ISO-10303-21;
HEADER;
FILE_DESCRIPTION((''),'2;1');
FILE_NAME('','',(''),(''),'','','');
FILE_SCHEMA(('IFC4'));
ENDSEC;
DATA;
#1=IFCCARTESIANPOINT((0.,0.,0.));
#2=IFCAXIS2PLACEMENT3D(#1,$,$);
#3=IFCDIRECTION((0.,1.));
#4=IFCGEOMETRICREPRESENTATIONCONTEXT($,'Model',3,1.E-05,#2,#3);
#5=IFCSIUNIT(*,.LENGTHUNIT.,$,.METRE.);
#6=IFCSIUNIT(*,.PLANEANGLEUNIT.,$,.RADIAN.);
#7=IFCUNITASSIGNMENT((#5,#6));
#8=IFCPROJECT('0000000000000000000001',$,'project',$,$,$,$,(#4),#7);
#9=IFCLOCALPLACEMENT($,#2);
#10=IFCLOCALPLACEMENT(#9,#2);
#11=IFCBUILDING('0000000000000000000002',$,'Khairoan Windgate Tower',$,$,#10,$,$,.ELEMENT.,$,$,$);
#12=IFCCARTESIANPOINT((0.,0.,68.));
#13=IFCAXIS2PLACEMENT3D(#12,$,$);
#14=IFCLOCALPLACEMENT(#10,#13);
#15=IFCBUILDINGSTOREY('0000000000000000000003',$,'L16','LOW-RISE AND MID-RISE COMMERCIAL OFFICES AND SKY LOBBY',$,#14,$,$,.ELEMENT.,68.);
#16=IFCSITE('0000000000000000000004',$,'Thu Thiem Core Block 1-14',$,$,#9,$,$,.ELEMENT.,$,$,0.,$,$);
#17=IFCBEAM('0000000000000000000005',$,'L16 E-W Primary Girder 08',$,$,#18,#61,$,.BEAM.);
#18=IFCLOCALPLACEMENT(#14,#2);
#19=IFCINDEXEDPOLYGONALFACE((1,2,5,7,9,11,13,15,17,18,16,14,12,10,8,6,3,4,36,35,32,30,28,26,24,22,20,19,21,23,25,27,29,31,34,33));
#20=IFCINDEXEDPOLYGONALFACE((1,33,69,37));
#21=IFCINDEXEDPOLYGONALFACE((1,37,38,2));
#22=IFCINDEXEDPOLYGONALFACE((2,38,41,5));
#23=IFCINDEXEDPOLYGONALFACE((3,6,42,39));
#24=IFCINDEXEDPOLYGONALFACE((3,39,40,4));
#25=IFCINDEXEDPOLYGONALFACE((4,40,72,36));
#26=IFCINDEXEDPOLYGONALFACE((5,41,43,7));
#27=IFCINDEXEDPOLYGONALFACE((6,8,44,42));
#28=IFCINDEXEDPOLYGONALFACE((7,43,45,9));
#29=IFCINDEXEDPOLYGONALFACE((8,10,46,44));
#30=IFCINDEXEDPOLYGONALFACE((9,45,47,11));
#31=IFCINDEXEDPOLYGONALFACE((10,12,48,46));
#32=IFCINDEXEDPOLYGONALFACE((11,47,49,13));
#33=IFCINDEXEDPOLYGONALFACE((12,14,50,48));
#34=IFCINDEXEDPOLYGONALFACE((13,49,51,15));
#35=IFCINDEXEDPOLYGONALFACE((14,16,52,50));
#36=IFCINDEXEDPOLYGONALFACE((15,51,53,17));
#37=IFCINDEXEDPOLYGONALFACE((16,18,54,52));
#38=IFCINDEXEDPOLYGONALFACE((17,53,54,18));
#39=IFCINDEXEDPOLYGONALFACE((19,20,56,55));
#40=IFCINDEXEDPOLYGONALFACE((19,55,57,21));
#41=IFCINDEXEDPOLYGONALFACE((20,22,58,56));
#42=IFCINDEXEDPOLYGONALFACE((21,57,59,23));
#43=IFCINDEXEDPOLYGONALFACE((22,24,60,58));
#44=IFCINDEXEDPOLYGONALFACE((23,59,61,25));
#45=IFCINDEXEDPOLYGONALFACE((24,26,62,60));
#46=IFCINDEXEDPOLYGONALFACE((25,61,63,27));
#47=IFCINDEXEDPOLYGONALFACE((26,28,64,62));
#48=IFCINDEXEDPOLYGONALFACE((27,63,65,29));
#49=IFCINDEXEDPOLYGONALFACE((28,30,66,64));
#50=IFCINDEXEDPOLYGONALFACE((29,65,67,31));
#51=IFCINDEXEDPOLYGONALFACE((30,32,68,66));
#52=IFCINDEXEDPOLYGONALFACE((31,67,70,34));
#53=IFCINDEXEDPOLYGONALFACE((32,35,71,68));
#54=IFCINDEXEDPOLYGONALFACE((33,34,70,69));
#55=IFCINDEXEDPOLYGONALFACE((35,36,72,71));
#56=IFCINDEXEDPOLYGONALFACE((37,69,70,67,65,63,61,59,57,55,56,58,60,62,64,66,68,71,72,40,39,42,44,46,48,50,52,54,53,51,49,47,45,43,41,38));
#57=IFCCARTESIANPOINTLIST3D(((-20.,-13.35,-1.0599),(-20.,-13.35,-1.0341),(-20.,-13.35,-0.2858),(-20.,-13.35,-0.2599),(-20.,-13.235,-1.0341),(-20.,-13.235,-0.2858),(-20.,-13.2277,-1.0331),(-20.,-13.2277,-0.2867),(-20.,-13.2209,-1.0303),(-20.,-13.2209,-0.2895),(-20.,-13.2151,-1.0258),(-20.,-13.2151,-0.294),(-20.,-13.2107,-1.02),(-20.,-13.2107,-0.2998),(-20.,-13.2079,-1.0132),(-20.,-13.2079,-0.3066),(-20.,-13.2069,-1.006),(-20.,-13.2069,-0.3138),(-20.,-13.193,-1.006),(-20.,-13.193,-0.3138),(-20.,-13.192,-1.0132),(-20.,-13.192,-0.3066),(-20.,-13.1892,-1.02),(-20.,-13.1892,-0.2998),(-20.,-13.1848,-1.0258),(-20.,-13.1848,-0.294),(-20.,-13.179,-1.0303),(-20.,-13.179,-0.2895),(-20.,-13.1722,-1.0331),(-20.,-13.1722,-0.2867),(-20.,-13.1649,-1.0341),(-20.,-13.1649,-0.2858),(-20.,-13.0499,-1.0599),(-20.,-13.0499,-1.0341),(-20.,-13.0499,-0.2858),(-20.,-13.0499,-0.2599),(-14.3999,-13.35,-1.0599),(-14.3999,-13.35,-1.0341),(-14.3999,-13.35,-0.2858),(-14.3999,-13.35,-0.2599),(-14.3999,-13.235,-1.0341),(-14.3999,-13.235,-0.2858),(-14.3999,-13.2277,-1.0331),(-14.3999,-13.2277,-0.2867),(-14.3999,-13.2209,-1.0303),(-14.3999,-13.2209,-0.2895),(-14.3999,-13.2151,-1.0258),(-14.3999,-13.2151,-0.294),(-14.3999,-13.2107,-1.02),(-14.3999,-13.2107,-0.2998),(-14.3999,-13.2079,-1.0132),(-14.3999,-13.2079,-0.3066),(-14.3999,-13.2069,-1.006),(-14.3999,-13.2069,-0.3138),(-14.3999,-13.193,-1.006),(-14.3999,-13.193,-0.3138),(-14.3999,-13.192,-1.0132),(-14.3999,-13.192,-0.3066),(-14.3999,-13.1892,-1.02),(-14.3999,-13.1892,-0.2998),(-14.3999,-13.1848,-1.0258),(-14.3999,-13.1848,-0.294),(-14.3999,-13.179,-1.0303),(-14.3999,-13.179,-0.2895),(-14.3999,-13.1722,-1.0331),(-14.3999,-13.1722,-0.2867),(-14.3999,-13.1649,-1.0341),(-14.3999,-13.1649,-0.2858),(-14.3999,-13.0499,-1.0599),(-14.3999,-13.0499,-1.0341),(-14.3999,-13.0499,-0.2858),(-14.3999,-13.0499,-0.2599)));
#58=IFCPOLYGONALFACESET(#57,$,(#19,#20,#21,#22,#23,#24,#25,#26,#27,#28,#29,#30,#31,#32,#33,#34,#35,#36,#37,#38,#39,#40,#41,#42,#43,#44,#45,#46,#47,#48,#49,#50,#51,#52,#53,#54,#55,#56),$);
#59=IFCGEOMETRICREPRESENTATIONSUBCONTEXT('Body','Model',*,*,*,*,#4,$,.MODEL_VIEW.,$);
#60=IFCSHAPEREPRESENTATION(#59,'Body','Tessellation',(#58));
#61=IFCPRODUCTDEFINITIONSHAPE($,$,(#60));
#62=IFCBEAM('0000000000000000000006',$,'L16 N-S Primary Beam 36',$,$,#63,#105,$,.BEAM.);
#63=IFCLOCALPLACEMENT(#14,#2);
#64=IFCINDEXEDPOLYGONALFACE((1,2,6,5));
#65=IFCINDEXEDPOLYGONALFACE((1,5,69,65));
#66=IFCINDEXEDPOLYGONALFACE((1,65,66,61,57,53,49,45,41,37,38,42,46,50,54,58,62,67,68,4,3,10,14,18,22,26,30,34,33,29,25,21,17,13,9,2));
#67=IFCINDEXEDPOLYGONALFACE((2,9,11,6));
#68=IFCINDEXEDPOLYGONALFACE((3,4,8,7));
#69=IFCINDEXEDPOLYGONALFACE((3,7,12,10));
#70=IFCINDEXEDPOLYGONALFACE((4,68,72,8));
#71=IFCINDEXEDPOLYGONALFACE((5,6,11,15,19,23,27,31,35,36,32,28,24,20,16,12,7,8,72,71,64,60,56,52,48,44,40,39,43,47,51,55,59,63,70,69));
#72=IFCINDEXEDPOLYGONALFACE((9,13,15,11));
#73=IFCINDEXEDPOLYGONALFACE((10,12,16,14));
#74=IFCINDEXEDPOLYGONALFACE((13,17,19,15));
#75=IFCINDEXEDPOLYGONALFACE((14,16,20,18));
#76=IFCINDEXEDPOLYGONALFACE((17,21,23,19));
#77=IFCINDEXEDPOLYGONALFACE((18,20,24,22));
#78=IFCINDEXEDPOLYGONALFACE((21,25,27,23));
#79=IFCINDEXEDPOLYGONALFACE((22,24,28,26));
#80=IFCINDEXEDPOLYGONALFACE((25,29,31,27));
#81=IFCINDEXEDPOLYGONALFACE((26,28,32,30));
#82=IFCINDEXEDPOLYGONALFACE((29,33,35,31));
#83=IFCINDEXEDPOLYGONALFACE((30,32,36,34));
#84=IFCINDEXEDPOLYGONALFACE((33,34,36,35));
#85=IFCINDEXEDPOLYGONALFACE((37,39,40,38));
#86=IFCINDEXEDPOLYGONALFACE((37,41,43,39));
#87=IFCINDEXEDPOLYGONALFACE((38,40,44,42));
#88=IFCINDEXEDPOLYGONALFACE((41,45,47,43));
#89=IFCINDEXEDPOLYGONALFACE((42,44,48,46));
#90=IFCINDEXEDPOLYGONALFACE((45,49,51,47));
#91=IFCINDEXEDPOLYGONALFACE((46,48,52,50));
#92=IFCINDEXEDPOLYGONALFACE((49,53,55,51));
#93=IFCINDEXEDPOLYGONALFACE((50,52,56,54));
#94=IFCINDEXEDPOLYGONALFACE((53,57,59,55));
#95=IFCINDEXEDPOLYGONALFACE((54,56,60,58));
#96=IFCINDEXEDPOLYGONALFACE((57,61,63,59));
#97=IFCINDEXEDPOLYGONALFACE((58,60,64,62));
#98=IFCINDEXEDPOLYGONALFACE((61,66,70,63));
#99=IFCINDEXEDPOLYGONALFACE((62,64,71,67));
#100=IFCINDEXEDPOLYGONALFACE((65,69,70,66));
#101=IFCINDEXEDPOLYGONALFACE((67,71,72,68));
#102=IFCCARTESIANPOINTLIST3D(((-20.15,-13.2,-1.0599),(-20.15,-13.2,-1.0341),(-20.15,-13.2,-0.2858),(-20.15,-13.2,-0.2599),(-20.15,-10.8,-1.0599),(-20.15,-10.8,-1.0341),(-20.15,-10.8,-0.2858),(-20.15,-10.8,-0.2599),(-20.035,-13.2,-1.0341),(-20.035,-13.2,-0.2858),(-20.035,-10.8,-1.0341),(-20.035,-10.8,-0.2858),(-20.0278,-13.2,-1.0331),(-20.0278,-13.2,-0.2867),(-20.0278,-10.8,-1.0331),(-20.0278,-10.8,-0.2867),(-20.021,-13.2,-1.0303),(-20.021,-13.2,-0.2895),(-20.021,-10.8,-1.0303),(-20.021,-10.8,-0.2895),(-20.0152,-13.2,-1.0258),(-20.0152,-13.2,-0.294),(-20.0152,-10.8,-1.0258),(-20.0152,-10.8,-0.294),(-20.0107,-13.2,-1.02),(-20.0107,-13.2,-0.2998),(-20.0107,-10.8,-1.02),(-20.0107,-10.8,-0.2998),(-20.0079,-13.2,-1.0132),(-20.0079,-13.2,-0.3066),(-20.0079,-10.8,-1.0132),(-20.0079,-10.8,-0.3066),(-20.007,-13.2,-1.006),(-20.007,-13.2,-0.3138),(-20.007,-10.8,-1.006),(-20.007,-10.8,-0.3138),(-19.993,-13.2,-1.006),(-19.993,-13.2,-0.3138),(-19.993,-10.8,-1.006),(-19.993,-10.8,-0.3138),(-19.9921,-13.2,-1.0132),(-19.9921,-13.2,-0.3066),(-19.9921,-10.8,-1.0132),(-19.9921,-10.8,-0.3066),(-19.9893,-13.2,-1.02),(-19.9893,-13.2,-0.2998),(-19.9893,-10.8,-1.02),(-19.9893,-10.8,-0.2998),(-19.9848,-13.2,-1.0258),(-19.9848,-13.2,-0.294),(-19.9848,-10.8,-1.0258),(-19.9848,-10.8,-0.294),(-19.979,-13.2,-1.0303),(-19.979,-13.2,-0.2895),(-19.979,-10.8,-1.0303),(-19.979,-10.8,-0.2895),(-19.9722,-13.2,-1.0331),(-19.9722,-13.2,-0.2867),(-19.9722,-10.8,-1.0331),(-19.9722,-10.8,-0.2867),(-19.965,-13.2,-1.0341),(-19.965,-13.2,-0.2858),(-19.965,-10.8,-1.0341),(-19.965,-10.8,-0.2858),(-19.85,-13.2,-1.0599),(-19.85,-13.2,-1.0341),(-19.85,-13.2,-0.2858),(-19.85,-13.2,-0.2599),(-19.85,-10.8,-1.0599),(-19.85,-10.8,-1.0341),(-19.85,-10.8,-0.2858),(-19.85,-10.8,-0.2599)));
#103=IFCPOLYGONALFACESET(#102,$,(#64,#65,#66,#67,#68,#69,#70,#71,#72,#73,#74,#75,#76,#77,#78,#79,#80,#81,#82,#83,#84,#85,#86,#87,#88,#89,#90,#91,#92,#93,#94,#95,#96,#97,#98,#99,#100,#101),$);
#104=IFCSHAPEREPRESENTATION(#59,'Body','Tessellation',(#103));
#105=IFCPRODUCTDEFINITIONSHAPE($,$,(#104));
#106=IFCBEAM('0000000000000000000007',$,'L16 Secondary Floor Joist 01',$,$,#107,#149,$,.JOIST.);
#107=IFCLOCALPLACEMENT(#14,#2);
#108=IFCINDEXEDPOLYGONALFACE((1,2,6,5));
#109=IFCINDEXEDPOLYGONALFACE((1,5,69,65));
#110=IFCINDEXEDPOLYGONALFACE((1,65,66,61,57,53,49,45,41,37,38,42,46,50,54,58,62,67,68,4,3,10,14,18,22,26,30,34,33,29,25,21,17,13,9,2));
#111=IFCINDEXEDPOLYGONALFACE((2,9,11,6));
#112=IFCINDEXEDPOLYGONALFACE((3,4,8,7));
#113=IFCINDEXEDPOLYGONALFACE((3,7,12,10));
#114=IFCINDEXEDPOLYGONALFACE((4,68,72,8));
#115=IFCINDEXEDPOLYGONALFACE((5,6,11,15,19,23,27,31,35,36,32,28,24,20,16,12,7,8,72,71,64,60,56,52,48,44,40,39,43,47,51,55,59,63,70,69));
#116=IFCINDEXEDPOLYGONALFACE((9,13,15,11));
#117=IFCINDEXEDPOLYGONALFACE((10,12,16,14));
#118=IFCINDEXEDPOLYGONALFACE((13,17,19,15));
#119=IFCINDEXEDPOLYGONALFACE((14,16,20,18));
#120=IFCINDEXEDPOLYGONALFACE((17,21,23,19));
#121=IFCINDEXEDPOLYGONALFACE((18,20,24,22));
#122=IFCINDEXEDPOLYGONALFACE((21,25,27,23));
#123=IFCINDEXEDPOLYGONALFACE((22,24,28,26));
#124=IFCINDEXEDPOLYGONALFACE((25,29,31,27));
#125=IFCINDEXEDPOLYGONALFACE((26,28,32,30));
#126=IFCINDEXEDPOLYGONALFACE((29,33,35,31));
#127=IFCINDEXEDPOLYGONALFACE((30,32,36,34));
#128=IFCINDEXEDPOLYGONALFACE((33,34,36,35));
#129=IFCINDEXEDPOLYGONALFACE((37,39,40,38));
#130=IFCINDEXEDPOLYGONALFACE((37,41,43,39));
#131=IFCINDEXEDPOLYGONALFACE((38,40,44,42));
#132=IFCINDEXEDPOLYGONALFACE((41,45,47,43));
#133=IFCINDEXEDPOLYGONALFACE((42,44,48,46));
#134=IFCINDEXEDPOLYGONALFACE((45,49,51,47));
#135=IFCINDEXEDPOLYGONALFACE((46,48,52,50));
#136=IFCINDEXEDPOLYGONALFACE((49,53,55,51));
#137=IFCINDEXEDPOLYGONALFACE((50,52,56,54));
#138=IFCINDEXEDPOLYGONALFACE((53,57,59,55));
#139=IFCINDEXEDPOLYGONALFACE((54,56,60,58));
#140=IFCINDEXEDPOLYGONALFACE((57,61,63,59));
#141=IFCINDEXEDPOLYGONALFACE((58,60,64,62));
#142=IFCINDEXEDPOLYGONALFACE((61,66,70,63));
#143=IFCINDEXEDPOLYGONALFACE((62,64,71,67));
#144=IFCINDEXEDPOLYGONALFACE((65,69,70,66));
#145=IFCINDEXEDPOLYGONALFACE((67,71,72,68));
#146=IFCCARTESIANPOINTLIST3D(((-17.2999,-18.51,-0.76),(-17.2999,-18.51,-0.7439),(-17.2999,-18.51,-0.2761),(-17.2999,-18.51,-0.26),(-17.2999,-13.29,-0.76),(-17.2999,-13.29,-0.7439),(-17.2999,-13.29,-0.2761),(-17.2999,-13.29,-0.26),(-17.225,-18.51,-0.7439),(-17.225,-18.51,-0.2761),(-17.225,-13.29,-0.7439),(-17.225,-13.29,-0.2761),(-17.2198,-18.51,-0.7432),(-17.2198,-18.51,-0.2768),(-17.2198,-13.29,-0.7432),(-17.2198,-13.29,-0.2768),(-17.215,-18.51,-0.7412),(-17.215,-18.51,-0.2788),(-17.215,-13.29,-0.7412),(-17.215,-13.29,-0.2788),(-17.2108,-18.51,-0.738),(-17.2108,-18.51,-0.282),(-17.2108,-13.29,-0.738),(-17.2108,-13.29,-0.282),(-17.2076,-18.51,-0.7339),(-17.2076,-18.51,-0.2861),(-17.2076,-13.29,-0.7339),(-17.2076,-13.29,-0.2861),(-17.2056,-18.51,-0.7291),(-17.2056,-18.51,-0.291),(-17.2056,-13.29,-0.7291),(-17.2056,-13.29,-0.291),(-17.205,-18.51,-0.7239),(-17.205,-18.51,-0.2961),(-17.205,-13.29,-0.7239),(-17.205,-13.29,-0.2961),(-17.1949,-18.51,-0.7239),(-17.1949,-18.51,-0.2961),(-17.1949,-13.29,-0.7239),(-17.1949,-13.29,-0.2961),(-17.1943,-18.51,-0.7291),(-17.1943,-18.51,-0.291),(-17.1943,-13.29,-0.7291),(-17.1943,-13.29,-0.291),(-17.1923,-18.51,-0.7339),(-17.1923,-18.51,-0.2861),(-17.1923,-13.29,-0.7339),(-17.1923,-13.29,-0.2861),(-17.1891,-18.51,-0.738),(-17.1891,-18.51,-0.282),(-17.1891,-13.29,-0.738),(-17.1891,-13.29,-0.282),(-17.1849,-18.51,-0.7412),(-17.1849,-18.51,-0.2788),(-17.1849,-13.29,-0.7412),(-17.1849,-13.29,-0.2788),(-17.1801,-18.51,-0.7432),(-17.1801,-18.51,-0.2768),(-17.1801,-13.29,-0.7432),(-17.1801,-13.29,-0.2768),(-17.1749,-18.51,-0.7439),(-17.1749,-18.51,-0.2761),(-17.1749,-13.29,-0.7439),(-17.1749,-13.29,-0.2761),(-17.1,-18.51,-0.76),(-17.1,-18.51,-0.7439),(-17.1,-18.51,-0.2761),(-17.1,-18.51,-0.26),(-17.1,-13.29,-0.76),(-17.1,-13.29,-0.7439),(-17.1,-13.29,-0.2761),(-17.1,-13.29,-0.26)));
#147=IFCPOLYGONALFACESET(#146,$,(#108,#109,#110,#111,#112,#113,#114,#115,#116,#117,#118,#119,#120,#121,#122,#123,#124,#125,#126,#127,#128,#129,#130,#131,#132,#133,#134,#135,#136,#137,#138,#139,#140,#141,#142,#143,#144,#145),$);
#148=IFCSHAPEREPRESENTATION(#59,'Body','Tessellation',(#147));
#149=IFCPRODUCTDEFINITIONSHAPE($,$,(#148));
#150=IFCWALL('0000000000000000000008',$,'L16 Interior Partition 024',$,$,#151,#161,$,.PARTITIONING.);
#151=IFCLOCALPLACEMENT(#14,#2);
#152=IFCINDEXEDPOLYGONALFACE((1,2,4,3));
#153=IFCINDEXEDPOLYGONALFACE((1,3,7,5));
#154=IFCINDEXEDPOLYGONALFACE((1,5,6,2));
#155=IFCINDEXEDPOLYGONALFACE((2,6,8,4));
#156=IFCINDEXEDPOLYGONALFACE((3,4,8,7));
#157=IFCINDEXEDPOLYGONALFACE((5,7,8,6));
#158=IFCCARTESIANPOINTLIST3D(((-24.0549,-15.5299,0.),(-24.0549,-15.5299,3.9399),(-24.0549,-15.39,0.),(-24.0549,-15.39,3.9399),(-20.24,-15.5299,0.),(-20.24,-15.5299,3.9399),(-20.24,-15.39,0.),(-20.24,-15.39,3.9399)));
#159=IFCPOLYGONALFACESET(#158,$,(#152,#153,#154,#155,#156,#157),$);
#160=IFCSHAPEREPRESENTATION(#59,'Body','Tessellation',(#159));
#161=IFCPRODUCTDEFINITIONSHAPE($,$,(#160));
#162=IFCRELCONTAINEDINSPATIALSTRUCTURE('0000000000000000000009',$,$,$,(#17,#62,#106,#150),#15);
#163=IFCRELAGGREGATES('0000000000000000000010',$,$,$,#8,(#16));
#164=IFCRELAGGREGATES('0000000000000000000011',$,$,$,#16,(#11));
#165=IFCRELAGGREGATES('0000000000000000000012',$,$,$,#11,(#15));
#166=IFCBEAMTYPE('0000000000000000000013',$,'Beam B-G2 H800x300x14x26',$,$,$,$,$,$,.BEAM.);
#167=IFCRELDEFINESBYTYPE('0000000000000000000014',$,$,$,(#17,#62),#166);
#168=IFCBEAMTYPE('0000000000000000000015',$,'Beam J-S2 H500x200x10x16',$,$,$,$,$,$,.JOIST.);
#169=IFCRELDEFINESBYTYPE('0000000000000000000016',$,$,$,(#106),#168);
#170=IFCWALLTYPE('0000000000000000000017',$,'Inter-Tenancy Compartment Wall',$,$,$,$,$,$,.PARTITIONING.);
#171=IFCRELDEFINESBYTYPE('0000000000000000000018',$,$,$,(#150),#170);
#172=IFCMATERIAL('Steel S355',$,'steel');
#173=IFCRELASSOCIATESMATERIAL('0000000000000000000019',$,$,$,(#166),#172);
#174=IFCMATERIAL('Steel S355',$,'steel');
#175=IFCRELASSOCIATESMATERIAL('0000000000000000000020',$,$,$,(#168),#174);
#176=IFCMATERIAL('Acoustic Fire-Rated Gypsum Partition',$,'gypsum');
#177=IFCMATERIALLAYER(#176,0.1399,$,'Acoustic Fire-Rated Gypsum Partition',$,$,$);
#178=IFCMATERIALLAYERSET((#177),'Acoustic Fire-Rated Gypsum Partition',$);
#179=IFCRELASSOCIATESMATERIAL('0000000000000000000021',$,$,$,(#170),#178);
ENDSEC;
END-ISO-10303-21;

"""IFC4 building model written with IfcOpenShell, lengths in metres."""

from ifc_helpers import new_model, si_unit, direction, frame, frame_2d, origin, origin_2d, place, context, subcontext, project, spatial, rectangle, i_section, extrude, material, layer, layer_set, material_profile, profile_set, type_object, element, save


model = new_model("IFC4")

# Units and contexts
model_context = context("Model", 3, precision=1e-05, world=origin(), true_north=direction((0.0, 1.0)))
body_context = subcontext(model_context, "Body", "Model", "MODEL_VIEW")
ifc_project = project(units=[si_unit("LENGTHUNIT", "METRE"), si_unit("PLANEANGLEUNIT", "RADIAN")], contexts=[model_context])

# Site, building, storey
site_placement = place(None, origin())
site = spatial("IfcSite", under=ifc_project, at=site_placement, Name="Thu Thiem Core Block 1-14", CompositionType="ELEMENT", RefElevation=0.0)
building_placement = place(site_placement, origin())
building = spatial("IfcBuilding", under=site, at=building_placement, Name="Khairoan Windgate Tower", CompositionType="ELEMENT")
storey_placement = place(building_placement, frame((0.0, 0.0, 68.0)))
storey = spatial("IfcBuildingStorey", under=building, at=storey_placement, Name="L16", Description="LOW-RISE AND MID-RISE COMMERCIAL OFFICES AND SKY LOBBY", CompositionType="ELEMENT", Elevation=68.0)

# Beams
ifc_material_1 = material(Name="Steel S355", Category="steel")
ifc_material_profile_1 = material_profile(ifc_material_1, i_section(OverallWidth=0.3, OverallDepth=0.8, WebThickness=0.0139, FlangeThickness=0.0259, FilletRadius=0.0281, at=origin_2d()))
ifc_profile_set_1 = profile_set([ifc_material_profile_1], Name="Steel S355")
beam_type_1 = type_object("IfcBeamType", Name="Beam B-G2 H800x300x14x26", PredefinedType="BEAM", material=ifc_profile_set_1)
beam_1_placement = place(storey_placement, frame((-20.0, -13.2, -0.6599), z_axis=(1.0, 0.0, 0.0), x_axis=(0.0, 1.0, 0.0)))
element("IfcBeam", 1, at=beam_1_placement, inside=storey, type_object=beam_type_1, Name="L16 E-W Primary Girder 08", PredefinedType="BEAM", context=body_context, shape_type="SweptSolid", body=[
    extrude(i_section(OverallWidth=0.3, OverallDepth=0.8, WebThickness=0.0139, FlangeThickness=0.0259, FilletRadius=0.0281, at=origin_2d()), origin(), (0.0, 0.0, 1.0), 5.6001),
])
beam_2_placement = place(storey_placement, frame((-20.0, -13.2, -0.6599), z_axis=(0.0, 1.0, 0.0), x_axis=(-1.0, 0.0, 0.0)))
element("IfcBeam", 2, at=beam_2_placement, inside=storey, type_object=beam_type_1, Name="L16 N-S Primary Beam 36", PredefinedType="BEAM", context=body_context, shape_type="SweptSolid", body=[
    extrude(i_section(OverallWidth=0.3, OverallDepth=0.8, WebThickness=0.0139, FlangeThickness=0.0259, FilletRadius=0.0281, at=origin_2d()), origin(), (0.0, 0.0, 1.0), 2.3999),
])
ifc_material_2 = material(Name="Steel S355", Category="steel")
ifc_material_profile_2 = material_profile(ifc_material_2, i_section(OverallWidth=0.2, OverallDepth=0.5, WebThickness=0.01, FlangeThickness=0.0161, FilletRadius=0.02, at=origin_2d()))
ifc_profile_set_2 = profile_set([ifc_material_profile_2], Name="Steel S355")
beam_type_2 = type_object("IfcBeamType", Name="Beam J-S2 H500x200x10x16", PredefinedType="JOIST", material=ifc_profile_set_2)
beam_3_placement = place(storey_placement, frame((-17.2, -18.51, -0.51), z_axis=(0.0, 1.0, 0.0), x_axis=(-1.0, 0.0, 0.0)))
element("IfcBeam", 3, at=beam_3_placement, inside=storey, type_object=beam_type_2, Name="L16 Secondary Floor Joist 01", PredefinedType="JOIST", context=body_context, shape_type="SweptSolid", body=[
    extrude(i_section(OverallWidth=0.2, OverallDepth=0.5, WebThickness=0.01, FlangeThickness=0.0161, FilletRadius=0.02, at=origin_2d()), origin(), (0.0, 0.0, 1.0), 5.22),
])

# Wall
ifc_material_3 = material(Name="Acoustic Fire-Rated Gypsum Partition", Category="gypsum")
ifc_layer_1 = layer(ifc_material_3, 0.1399, Name="Acoustic Fire-Rated Gypsum Partition")
ifc_layer_set_1 = layer_set([ifc_layer_1], Name="Acoustic Fire-Rated Gypsum Partition")
wall_type_1 = type_object("IfcWallType", Name="Inter-Tenancy Compartment Wall", PredefinedType="PARTITIONING", material=ifc_layer_set_1)
wall_1_placement = place(storey_placement, frame((-24.0549, -15.46, 0.0), z_axis=(0.0, 0.0, 1.0), x_axis=(1.0, 0.0, 0.0)))
element("IfcWall", 4, at=wall_1_placement, inside=storey, type_object=wall_type_1, Name="L16 Interior Partition 024", PredefinedType="PARTITIONING", context=body_context, shape_type="SweptSolid", body=[
    extrude(rectangle(XDim=3.8149, YDim=0.1399, at=frame_2d((1.9075, 0.0))), origin(), (0.0, 0.0, 1.0), 3.9399),
])

save(model, "model.ifc")
